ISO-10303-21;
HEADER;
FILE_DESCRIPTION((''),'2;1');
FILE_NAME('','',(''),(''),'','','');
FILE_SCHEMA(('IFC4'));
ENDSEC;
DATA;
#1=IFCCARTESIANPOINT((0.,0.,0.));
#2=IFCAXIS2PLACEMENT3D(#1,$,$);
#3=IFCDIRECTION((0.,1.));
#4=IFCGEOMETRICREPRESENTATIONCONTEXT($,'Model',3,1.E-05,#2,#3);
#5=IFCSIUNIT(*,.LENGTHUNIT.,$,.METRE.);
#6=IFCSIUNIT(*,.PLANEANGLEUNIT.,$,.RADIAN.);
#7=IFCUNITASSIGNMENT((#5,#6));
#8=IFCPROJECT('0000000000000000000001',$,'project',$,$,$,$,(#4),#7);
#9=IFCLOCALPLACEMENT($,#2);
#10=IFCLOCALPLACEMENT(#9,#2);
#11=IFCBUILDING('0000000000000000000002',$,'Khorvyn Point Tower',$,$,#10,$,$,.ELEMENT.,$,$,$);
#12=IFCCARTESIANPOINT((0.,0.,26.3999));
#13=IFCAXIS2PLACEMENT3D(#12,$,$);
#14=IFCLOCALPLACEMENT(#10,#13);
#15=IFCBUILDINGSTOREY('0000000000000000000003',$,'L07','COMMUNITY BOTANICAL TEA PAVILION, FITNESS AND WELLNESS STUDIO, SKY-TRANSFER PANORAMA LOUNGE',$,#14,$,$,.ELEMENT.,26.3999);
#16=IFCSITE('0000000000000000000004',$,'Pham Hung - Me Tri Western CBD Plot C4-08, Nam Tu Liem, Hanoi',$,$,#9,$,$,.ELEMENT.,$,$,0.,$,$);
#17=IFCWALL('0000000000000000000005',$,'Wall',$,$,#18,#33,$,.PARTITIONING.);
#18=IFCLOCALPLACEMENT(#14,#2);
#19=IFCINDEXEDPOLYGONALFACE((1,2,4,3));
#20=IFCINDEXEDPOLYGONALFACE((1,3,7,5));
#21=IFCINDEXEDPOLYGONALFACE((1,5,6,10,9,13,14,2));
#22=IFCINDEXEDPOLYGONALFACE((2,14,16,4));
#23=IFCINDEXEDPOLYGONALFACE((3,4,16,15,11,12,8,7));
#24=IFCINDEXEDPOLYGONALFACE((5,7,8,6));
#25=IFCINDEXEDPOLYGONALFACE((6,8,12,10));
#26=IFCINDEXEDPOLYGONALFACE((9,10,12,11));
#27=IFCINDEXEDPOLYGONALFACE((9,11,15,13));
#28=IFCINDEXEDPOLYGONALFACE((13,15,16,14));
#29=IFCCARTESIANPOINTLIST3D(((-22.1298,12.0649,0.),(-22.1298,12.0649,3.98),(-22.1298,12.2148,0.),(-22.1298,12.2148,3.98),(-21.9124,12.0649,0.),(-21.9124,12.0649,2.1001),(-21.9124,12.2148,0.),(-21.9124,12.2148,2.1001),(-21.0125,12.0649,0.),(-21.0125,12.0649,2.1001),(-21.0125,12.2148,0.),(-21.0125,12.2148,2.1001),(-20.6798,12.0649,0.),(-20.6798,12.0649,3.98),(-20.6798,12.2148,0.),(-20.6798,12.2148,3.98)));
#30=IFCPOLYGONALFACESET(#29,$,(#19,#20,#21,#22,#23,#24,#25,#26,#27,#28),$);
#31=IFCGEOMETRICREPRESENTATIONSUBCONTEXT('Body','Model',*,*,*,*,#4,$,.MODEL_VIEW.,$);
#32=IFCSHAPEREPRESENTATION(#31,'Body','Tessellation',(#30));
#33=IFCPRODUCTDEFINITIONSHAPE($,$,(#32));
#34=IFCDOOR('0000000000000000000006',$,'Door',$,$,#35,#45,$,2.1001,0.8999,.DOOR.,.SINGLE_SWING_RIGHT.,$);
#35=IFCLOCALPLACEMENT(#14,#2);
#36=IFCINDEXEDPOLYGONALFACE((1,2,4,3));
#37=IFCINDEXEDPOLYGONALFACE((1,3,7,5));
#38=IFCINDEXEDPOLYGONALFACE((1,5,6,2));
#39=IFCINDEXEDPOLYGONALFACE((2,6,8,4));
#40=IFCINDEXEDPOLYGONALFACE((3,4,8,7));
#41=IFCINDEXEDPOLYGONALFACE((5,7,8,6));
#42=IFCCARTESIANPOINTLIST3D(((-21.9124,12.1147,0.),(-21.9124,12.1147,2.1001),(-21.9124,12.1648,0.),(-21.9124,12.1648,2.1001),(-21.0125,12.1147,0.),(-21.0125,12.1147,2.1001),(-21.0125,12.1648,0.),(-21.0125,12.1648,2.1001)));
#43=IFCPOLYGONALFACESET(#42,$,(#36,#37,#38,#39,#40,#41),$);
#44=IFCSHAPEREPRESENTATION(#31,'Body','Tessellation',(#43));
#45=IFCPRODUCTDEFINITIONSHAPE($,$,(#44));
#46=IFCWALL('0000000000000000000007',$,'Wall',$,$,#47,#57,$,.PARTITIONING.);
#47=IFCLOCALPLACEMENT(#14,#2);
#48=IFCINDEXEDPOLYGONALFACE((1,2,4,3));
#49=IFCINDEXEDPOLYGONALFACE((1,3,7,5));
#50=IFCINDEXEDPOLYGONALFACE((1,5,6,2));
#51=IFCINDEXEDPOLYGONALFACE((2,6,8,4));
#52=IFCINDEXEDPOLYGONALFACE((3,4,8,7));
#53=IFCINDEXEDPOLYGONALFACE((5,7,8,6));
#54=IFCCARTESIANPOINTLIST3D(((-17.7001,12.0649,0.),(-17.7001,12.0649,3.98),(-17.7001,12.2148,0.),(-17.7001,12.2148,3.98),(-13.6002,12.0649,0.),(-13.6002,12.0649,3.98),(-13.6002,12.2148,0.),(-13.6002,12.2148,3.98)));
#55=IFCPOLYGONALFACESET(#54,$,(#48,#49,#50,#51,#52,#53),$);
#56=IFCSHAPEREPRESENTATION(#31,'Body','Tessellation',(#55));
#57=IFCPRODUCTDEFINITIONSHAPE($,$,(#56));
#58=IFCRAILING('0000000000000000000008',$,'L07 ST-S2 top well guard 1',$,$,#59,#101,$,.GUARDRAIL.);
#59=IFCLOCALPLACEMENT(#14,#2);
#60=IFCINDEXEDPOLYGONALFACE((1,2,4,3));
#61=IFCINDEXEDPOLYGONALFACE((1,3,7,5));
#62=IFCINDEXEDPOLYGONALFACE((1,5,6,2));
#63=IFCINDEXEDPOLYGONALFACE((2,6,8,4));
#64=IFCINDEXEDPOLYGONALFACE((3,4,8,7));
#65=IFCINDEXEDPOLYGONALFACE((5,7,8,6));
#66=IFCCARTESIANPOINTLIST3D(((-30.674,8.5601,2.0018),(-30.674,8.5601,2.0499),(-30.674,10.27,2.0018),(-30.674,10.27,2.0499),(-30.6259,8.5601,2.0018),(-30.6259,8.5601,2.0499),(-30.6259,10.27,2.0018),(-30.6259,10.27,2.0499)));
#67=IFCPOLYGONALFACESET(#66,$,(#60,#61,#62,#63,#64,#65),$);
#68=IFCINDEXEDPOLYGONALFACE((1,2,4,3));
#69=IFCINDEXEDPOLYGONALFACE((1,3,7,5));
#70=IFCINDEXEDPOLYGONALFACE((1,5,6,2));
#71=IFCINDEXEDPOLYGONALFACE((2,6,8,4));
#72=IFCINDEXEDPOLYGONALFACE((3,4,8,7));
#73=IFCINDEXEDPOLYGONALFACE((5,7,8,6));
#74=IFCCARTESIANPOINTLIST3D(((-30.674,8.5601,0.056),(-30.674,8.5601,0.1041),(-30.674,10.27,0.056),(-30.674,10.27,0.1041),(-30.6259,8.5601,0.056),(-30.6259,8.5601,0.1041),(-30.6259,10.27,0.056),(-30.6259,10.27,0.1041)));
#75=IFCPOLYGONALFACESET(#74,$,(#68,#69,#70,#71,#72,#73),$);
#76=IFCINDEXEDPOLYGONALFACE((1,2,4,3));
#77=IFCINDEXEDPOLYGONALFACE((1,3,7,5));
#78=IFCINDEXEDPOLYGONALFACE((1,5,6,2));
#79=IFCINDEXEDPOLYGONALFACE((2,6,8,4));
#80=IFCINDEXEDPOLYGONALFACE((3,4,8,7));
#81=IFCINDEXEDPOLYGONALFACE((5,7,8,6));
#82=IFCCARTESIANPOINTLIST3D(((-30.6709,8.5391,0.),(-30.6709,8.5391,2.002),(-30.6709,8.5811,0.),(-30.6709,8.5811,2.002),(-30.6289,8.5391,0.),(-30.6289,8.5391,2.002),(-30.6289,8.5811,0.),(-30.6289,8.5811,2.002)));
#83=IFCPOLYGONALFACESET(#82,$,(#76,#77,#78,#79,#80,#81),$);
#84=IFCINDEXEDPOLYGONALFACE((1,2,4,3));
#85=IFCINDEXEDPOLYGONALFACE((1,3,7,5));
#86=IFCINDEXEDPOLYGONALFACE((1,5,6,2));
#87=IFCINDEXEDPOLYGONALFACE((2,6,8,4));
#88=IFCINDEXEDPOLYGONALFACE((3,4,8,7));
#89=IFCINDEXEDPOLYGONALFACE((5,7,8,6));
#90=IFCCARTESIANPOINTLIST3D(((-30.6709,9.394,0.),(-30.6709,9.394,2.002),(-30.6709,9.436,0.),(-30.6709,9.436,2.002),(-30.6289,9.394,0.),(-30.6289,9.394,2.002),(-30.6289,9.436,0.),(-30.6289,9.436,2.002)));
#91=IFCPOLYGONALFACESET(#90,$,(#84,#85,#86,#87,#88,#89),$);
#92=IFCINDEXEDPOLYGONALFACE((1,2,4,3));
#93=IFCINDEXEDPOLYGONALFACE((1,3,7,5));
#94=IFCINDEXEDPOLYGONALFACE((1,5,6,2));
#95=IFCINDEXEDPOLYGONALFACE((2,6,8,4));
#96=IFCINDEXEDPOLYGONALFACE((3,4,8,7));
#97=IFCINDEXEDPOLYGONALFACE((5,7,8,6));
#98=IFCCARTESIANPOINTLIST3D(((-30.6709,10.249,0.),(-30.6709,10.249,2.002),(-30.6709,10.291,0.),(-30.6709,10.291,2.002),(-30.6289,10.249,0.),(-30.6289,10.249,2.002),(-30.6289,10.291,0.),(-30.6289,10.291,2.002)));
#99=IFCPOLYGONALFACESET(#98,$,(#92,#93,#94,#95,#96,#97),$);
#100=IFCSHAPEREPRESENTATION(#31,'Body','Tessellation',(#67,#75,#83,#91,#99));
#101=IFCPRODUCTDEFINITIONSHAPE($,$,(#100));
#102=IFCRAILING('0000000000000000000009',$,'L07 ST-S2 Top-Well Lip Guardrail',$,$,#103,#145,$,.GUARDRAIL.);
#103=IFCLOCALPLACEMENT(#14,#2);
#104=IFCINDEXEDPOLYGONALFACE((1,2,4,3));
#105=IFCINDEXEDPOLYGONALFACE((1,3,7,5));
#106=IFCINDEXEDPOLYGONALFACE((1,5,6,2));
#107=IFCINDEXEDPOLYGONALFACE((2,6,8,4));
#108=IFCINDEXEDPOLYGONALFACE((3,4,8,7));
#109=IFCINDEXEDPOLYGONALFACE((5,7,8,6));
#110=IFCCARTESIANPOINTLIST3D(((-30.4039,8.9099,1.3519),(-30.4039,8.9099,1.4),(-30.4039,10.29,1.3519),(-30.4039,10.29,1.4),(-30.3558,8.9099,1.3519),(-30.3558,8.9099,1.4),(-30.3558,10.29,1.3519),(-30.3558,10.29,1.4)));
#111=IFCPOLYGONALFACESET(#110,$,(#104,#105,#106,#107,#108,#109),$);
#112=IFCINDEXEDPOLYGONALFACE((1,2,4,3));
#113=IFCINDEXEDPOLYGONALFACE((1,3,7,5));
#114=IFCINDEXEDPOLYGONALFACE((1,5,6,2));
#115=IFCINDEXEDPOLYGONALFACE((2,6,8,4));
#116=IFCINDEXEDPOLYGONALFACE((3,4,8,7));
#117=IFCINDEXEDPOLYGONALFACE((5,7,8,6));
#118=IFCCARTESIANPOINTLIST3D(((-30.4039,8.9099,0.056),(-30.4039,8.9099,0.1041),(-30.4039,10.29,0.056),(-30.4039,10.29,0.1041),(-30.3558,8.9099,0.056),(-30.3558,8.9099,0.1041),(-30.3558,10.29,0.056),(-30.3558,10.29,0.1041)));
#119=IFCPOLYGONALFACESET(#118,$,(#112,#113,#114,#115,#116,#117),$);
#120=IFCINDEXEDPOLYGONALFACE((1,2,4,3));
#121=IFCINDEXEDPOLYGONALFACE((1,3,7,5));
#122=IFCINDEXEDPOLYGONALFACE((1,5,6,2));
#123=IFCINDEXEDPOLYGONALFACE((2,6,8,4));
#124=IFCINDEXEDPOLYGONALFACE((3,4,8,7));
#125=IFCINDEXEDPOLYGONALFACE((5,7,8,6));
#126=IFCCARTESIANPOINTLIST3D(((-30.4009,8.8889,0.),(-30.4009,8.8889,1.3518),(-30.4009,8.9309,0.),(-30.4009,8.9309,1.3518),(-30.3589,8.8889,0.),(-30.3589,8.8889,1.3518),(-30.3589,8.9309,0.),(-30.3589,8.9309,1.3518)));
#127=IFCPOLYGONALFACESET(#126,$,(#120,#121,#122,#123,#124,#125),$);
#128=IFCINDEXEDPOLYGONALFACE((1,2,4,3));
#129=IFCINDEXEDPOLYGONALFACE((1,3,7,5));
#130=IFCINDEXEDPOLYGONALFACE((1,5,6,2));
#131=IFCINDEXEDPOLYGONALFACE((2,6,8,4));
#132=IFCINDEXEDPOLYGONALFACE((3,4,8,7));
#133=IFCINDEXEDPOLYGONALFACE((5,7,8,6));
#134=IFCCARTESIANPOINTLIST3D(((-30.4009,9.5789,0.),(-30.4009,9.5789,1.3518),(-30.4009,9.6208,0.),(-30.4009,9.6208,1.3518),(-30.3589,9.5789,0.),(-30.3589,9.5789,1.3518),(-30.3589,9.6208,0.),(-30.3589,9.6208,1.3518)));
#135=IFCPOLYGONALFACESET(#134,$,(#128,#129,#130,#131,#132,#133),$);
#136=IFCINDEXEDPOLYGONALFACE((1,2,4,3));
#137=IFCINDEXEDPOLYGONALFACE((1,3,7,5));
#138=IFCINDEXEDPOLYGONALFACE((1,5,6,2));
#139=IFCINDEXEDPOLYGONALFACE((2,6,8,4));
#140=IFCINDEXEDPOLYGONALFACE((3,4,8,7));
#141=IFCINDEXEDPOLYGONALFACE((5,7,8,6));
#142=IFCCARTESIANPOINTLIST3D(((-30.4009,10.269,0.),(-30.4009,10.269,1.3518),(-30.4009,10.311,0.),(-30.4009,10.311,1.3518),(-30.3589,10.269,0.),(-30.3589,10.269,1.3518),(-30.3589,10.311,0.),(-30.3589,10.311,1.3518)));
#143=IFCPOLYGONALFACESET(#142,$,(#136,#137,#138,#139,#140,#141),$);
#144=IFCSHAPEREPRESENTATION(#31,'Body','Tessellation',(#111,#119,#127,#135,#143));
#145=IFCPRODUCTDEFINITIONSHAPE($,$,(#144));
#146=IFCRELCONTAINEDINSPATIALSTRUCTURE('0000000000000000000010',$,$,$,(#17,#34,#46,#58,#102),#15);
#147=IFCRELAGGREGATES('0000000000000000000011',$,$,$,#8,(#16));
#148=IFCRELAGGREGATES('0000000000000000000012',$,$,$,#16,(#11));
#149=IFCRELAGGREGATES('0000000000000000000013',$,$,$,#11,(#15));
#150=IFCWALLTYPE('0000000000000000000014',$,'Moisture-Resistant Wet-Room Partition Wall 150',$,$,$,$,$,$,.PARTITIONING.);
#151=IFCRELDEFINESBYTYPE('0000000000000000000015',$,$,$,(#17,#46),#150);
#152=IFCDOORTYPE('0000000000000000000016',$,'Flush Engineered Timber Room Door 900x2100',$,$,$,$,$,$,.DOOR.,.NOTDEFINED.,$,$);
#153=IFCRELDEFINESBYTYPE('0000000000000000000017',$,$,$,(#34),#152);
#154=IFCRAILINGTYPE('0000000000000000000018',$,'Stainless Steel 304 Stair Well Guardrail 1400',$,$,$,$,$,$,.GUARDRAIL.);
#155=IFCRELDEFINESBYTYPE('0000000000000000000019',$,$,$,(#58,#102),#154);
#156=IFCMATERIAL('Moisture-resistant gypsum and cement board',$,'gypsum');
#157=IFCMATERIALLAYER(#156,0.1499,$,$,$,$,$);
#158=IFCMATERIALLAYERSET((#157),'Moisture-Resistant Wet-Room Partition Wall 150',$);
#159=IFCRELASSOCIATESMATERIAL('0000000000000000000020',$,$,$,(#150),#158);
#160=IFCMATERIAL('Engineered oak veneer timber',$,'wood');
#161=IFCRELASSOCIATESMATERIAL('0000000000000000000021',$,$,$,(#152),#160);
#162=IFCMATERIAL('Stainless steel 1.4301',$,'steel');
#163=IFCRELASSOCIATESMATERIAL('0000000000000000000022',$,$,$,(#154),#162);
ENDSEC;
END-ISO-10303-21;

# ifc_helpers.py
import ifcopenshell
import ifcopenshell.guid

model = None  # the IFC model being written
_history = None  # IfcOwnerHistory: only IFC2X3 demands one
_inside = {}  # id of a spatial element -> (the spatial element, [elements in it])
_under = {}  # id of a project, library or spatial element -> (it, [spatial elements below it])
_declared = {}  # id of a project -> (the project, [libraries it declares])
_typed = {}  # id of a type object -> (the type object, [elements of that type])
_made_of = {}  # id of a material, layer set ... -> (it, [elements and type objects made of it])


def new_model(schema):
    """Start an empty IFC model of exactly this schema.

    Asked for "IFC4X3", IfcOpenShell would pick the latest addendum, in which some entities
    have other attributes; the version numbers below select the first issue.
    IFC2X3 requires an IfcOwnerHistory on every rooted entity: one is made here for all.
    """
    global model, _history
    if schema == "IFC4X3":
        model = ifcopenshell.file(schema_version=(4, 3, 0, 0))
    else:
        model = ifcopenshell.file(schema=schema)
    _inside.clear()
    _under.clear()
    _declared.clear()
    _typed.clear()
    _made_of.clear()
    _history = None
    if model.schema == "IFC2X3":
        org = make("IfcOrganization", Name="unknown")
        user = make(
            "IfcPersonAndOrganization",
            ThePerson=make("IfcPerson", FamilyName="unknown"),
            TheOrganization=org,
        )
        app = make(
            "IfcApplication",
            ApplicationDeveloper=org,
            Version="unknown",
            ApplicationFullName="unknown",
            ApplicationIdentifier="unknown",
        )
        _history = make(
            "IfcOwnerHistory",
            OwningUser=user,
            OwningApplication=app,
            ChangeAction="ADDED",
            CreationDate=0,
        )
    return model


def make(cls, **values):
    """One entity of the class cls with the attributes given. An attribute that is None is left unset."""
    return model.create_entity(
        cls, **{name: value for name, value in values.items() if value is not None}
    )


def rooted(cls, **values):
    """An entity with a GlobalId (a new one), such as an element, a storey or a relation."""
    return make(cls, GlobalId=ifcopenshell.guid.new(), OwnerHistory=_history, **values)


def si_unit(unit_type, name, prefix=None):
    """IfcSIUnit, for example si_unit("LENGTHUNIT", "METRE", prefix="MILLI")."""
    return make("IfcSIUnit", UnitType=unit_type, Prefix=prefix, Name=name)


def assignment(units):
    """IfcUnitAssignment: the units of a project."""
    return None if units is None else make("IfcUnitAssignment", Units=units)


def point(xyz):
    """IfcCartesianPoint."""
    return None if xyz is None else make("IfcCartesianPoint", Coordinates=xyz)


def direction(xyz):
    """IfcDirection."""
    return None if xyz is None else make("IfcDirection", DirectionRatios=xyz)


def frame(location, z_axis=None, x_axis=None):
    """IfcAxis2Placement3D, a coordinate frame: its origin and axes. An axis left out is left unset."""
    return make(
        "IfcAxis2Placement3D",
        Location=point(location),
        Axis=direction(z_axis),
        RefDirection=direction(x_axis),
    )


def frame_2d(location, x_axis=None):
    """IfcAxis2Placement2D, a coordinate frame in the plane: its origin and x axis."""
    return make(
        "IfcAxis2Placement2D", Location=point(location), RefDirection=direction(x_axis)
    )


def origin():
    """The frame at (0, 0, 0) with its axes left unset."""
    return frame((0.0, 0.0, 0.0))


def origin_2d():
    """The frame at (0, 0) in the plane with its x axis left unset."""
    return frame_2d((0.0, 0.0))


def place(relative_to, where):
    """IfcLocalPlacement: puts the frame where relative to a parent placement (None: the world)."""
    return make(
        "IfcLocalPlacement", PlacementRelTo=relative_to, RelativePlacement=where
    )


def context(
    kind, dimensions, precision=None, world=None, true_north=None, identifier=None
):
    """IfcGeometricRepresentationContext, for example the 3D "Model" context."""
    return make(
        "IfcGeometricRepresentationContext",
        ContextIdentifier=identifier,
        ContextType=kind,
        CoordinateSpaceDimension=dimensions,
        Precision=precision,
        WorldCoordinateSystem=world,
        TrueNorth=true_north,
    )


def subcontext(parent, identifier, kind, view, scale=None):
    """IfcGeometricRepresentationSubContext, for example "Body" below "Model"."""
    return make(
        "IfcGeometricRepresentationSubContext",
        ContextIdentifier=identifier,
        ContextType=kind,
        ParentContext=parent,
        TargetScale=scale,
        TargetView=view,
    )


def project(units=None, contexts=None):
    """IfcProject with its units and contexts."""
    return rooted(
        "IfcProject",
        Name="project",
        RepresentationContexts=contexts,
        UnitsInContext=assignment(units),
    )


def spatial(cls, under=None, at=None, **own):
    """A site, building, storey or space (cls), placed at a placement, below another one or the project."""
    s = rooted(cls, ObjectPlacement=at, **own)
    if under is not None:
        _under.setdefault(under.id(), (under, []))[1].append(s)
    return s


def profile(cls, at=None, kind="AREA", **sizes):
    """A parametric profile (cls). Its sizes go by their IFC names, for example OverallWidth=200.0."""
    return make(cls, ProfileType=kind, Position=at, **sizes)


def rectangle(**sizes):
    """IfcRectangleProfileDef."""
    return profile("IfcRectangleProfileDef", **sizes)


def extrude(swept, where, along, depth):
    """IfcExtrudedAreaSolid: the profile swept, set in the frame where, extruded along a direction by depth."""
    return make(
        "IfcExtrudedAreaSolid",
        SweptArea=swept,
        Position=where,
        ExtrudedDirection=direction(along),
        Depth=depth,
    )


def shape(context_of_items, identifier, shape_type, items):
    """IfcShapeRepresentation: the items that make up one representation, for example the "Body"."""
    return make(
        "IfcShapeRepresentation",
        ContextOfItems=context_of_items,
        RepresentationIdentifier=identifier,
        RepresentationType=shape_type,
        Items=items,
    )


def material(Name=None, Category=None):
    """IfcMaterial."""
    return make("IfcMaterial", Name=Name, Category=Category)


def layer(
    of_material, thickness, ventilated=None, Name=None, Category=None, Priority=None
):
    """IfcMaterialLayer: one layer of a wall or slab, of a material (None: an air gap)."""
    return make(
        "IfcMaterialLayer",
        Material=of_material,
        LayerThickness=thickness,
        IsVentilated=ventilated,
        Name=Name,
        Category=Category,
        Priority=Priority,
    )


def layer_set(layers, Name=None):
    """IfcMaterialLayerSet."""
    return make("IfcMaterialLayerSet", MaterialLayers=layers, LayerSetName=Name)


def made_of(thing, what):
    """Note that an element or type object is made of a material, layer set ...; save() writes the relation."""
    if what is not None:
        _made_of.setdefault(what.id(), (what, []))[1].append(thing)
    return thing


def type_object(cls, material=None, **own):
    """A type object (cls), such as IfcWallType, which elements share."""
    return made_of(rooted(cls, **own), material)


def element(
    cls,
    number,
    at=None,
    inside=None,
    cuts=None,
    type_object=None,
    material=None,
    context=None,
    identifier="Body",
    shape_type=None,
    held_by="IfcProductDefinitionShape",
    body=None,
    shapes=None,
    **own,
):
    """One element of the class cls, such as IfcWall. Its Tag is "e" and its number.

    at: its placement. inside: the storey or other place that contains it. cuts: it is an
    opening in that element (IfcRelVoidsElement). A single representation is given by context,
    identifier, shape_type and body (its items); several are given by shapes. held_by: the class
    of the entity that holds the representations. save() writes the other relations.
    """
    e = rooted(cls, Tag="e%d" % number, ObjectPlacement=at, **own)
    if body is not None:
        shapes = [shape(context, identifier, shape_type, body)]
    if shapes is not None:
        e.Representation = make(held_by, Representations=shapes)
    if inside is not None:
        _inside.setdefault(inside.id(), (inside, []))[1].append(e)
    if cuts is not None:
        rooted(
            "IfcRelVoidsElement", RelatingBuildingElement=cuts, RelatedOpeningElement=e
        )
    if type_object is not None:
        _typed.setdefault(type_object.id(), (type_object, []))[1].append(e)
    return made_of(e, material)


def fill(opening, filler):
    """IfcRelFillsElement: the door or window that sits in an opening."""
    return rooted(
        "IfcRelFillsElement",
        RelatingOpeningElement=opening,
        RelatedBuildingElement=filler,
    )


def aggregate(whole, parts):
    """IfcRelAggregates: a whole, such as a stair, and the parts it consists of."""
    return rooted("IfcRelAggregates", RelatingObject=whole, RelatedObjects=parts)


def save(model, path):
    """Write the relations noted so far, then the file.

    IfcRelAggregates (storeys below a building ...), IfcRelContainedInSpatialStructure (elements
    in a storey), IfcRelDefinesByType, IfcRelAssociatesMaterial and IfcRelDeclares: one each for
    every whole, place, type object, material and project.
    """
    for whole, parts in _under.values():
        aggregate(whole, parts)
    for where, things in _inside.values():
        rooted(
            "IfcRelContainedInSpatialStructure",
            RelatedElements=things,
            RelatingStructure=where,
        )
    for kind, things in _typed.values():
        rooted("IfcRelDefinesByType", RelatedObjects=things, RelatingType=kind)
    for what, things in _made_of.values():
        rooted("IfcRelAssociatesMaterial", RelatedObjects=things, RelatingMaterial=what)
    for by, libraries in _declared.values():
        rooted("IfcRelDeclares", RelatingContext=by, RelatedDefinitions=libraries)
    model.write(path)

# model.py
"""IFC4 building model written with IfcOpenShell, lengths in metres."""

from ifc_helpers import new_model, si_unit, direction, frame, frame_2d, origin, origin_2d, place, context, subcontext, project, spatial, rectangle, extrude, material, layer, layer_set, type_object, element, fill, save


model = new_model("IFC4")

# Units and contexts
model_context = context("Model", 3, precision=1e-05, world=origin(), true_north=direction((0.0, 1.0)))
body_context = subcontext(model_context, "Body", "Model", "MODEL_VIEW")
ifc_project = project(units=[si_unit("LENGTHUNIT", "METRE"), si_unit("PLANEANGLEUNIT", "RADIAN")], contexts=[model_context])

# Site, building, storey
site_placement = place(None, origin())
site = spatial("IfcSite", under=ifc_project, at=site_placement, Name="Pham Hung - Me Tri Western CBD Plot C4-08, Nam Tu Liem, Hanoi", CompositionType="ELEMENT", RefElevation=0.0)
building_placement = place(site_placement, origin())
building = spatial("IfcBuilding", under=site, at=building_placement, Name="Khorvyn Point Tower", CompositionType="ELEMENT")
storey_placement = place(building_placement, frame((0.0, 0.0, 26.3999)))
storey = spatial("IfcBuildingStorey", under=building, at=storey_placement, Name="L07", Description="COMMUNITY BOTANICAL TEA PAVILION, FITNESS AND WELLNESS STUDIO, SKY-TRANSFER PANORAMA LOUNGE", CompositionType="ELEMENT", Elevation=26.3999)

# Wall, opening, door
ifc_material_1 = material(Name="Moisture-resistant gypsum and cement board", Category="gypsum")
ifc_layer_1 = layer(ifc_material_1, 0.1499)
ifc_layer_set_1 = layer_set([ifc_layer_1], Name="Moisture-Resistant Wet-Room Partition Wall 150")
wall_type_1 = type_object("IfcWallType", Name="Moisture-Resistant Wet-Room Partition Wall 150", PredefinedType="PARTITIONING", material=ifc_layer_set_1)
wall_1_placement = place(storey_placement, frame((-22.1299, 12.1399, 0.0), z_axis=(0.0, 0.0, 1.0), x_axis=(1.0, 0.0, 0.0)))
wall_1 = element("IfcWall", 1, at=wall_1_placement, inside=storey, type_object=wall_type_1, Name="Wall", PredefinedType="PARTITIONING", context=body_context, shape_type="SweptSolid", body=[
    extrude(rectangle(XDim=1.45, YDim=0.1499, at=frame_2d((0.7251, 0.0))), origin(), (0.0, 0.0, 1.0), 3.98),
])
opening_1_placement = place(wall_1_placement, frame((0.2175, 0.0, 0.0)))
opening_1 = element("IfcOpeningElement", 2, at=opening_1_placement, cuts=wall_1, PredefinedType="OPENING", context=body_context, shape_type="SweptSolid", body=[
    extrude(rectangle(XDim=0.8999, YDim=2.1001, at=frame_2d((0.45, 1.05))), frame((0.0, 0.085, 0.0), z_axis=(0.0, -1.0, 0.0), x_axis=(1.0, 0.0, 0.0)), (0.0, 0.0, 1.0), 0.1699),
])
ifc_material_2 = material(Name="Engineered oak veneer timber", Category="wood")
door_type_1 = type_object("IfcDoorType", Name="Flush Engineered Timber Room Door 900x2100", OperationType="NOTDEFINED", PredefinedType="DOOR", material=ifc_material_2)
door_1_placement = place(opening_1_placement, origin())
door_1 = element("IfcDoor", 3, at=door_1_placement, inside=storey, type_object=door_type_1, Name="Door", OperationType="SINGLE_SWING_RIGHT", OverallHeight=2.1001, OverallWidth=0.8999, PredefinedType="DOOR", context=body_context, shape_type="SweptSolid", body=[
    extrude(rectangle(XDim=0.8999, YDim=2.1001, at=frame_2d((0.45, 1.05))), frame((0.0, 0.0249, 0.0), z_axis=(0.0, -1.0, 0.0), x_axis=(1.0, 0.0, 0.0)), (0.0, 0.0, 1.0), 0.05),
])
fill(opening_1, door_1)

# Wall
wall_2_placement = place(storey_placement, frame((-17.7, 12.1399, 0.0), z_axis=(0.0, 0.0, 1.0), x_axis=(1.0, 0.0, 0.0)))
element("IfcWall", 4, at=wall_2_placement, inside=storey, type_object=wall_type_1, Name="Wall", PredefinedType="PARTITIONING", context=body_context, shape_type="SweptSolid", body=[
    extrude(rectangle(XDim=4.0999, YDim=0.1499, at=frame_2d((2.0498, 0.0))), origin(), (0.0, 0.0, 1.0), 3.98),
])

# Railings
ifc_material_3 = material(Name="Stainless steel 1.4301", Category="steel")
railing_type = type_object("IfcRailingType", Name="Stainless Steel 304 Stair Well Guardrail 1400", PredefinedType="GUARDRAIL", material=ifc_material_3)
railing_1_placement = place(storey_placement, frame((-30.6499, 8.5601, 0.0)))
element("IfcRailing", 5, at=railing_1_placement, inside=storey, type_object=railing_type, Name="L07 ST-S2 top well guard 1", PredefinedType="GUARDRAIL", context=body_context, shape_type="SweptSolid", body=[
    extrude(rectangle(XDim=0.0481, YDim=0.0481, at=origin_2d()), frame((0.0, 0.0, 2.0259), z_axis=(0.0, 1.0, 0.0), x_axis=(-1.0, 0.0, 0.0)), (0.0, 0.0, 1.0), 1.71),
    extrude(rectangle(XDim=0.0481, YDim=0.0481, at=origin_2d()), frame((0.0, 0.0, 0.0801), z_axis=(0.0, 1.0, 0.0), x_axis=(-1.0, 0.0, 0.0)), (0.0, 0.0, 1.0), 1.71),
    extrude(rectangle(XDim=0.042, YDim=0.042, at=origin_2d()), origin(), (0.0, 0.0, 1.0), 2.002),
    extrude(rectangle(XDim=0.042, YDim=0.042, at=origin_2d()), frame((0.0, 0.855, 0.0)), (0.0, 0.0, 1.0), 2.002),
    extrude(rectangle(XDim=0.042, YDim=0.042, at=origin_2d()), frame((0.0, 1.71, 0.0)), (0.0, 0.0, 1.0), 2.002),
])
railing_2_placement = place(storey_placement, frame((-30.3799, 8.9099, 0.0)))
element("IfcRailing", 6, at=railing_2_placement, inside=storey, type_object=railing_type, Name="L07 ST-S2 Top-Well Lip Guardrail", PredefinedType="GUARDRAIL", context=body_context, shape_type="SweptSolid", body=[
    extrude(rectangle(XDim=0.0481, YDim=0.0481, at=origin_2d()), frame((0.0, 0.0, 1.376), z_axis=(0.0, 1.0, 0.0), x_axis=(-1.0, 0.0, 0.0)), (0.0, 0.0, 1.0), 1.3801),
    extrude(rectangle(XDim=0.0481, YDim=0.0481, at=origin_2d()), frame((0.0, 0.0, 0.0801), z_axis=(0.0, 1.0, 0.0), x_axis=(-1.0, 0.0, 0.0)), (0.0, 0.0, 1.0), 1.3801),
    extrude(rectangle(XDim=0.042, YDim=0.042, at=origin_2d()), origin(), (0.0, 0.0, 1.0), 1.3518),
    extrude(rectangle(XDim=0.042, YDim=0.042, at=origin_2d()), frame((0.0, 0.6899, 0.0)), (0.0, 0.0, 1.0), 1.3518),
    extrude(rectangle(XDim=0.042, YDim=0.042, at=origin_2d()), frame((0.0, 1.3801, 0.0)), (0.0, 0.0, 1.0), 1.3518),
])

save(model, "model.ifc")
